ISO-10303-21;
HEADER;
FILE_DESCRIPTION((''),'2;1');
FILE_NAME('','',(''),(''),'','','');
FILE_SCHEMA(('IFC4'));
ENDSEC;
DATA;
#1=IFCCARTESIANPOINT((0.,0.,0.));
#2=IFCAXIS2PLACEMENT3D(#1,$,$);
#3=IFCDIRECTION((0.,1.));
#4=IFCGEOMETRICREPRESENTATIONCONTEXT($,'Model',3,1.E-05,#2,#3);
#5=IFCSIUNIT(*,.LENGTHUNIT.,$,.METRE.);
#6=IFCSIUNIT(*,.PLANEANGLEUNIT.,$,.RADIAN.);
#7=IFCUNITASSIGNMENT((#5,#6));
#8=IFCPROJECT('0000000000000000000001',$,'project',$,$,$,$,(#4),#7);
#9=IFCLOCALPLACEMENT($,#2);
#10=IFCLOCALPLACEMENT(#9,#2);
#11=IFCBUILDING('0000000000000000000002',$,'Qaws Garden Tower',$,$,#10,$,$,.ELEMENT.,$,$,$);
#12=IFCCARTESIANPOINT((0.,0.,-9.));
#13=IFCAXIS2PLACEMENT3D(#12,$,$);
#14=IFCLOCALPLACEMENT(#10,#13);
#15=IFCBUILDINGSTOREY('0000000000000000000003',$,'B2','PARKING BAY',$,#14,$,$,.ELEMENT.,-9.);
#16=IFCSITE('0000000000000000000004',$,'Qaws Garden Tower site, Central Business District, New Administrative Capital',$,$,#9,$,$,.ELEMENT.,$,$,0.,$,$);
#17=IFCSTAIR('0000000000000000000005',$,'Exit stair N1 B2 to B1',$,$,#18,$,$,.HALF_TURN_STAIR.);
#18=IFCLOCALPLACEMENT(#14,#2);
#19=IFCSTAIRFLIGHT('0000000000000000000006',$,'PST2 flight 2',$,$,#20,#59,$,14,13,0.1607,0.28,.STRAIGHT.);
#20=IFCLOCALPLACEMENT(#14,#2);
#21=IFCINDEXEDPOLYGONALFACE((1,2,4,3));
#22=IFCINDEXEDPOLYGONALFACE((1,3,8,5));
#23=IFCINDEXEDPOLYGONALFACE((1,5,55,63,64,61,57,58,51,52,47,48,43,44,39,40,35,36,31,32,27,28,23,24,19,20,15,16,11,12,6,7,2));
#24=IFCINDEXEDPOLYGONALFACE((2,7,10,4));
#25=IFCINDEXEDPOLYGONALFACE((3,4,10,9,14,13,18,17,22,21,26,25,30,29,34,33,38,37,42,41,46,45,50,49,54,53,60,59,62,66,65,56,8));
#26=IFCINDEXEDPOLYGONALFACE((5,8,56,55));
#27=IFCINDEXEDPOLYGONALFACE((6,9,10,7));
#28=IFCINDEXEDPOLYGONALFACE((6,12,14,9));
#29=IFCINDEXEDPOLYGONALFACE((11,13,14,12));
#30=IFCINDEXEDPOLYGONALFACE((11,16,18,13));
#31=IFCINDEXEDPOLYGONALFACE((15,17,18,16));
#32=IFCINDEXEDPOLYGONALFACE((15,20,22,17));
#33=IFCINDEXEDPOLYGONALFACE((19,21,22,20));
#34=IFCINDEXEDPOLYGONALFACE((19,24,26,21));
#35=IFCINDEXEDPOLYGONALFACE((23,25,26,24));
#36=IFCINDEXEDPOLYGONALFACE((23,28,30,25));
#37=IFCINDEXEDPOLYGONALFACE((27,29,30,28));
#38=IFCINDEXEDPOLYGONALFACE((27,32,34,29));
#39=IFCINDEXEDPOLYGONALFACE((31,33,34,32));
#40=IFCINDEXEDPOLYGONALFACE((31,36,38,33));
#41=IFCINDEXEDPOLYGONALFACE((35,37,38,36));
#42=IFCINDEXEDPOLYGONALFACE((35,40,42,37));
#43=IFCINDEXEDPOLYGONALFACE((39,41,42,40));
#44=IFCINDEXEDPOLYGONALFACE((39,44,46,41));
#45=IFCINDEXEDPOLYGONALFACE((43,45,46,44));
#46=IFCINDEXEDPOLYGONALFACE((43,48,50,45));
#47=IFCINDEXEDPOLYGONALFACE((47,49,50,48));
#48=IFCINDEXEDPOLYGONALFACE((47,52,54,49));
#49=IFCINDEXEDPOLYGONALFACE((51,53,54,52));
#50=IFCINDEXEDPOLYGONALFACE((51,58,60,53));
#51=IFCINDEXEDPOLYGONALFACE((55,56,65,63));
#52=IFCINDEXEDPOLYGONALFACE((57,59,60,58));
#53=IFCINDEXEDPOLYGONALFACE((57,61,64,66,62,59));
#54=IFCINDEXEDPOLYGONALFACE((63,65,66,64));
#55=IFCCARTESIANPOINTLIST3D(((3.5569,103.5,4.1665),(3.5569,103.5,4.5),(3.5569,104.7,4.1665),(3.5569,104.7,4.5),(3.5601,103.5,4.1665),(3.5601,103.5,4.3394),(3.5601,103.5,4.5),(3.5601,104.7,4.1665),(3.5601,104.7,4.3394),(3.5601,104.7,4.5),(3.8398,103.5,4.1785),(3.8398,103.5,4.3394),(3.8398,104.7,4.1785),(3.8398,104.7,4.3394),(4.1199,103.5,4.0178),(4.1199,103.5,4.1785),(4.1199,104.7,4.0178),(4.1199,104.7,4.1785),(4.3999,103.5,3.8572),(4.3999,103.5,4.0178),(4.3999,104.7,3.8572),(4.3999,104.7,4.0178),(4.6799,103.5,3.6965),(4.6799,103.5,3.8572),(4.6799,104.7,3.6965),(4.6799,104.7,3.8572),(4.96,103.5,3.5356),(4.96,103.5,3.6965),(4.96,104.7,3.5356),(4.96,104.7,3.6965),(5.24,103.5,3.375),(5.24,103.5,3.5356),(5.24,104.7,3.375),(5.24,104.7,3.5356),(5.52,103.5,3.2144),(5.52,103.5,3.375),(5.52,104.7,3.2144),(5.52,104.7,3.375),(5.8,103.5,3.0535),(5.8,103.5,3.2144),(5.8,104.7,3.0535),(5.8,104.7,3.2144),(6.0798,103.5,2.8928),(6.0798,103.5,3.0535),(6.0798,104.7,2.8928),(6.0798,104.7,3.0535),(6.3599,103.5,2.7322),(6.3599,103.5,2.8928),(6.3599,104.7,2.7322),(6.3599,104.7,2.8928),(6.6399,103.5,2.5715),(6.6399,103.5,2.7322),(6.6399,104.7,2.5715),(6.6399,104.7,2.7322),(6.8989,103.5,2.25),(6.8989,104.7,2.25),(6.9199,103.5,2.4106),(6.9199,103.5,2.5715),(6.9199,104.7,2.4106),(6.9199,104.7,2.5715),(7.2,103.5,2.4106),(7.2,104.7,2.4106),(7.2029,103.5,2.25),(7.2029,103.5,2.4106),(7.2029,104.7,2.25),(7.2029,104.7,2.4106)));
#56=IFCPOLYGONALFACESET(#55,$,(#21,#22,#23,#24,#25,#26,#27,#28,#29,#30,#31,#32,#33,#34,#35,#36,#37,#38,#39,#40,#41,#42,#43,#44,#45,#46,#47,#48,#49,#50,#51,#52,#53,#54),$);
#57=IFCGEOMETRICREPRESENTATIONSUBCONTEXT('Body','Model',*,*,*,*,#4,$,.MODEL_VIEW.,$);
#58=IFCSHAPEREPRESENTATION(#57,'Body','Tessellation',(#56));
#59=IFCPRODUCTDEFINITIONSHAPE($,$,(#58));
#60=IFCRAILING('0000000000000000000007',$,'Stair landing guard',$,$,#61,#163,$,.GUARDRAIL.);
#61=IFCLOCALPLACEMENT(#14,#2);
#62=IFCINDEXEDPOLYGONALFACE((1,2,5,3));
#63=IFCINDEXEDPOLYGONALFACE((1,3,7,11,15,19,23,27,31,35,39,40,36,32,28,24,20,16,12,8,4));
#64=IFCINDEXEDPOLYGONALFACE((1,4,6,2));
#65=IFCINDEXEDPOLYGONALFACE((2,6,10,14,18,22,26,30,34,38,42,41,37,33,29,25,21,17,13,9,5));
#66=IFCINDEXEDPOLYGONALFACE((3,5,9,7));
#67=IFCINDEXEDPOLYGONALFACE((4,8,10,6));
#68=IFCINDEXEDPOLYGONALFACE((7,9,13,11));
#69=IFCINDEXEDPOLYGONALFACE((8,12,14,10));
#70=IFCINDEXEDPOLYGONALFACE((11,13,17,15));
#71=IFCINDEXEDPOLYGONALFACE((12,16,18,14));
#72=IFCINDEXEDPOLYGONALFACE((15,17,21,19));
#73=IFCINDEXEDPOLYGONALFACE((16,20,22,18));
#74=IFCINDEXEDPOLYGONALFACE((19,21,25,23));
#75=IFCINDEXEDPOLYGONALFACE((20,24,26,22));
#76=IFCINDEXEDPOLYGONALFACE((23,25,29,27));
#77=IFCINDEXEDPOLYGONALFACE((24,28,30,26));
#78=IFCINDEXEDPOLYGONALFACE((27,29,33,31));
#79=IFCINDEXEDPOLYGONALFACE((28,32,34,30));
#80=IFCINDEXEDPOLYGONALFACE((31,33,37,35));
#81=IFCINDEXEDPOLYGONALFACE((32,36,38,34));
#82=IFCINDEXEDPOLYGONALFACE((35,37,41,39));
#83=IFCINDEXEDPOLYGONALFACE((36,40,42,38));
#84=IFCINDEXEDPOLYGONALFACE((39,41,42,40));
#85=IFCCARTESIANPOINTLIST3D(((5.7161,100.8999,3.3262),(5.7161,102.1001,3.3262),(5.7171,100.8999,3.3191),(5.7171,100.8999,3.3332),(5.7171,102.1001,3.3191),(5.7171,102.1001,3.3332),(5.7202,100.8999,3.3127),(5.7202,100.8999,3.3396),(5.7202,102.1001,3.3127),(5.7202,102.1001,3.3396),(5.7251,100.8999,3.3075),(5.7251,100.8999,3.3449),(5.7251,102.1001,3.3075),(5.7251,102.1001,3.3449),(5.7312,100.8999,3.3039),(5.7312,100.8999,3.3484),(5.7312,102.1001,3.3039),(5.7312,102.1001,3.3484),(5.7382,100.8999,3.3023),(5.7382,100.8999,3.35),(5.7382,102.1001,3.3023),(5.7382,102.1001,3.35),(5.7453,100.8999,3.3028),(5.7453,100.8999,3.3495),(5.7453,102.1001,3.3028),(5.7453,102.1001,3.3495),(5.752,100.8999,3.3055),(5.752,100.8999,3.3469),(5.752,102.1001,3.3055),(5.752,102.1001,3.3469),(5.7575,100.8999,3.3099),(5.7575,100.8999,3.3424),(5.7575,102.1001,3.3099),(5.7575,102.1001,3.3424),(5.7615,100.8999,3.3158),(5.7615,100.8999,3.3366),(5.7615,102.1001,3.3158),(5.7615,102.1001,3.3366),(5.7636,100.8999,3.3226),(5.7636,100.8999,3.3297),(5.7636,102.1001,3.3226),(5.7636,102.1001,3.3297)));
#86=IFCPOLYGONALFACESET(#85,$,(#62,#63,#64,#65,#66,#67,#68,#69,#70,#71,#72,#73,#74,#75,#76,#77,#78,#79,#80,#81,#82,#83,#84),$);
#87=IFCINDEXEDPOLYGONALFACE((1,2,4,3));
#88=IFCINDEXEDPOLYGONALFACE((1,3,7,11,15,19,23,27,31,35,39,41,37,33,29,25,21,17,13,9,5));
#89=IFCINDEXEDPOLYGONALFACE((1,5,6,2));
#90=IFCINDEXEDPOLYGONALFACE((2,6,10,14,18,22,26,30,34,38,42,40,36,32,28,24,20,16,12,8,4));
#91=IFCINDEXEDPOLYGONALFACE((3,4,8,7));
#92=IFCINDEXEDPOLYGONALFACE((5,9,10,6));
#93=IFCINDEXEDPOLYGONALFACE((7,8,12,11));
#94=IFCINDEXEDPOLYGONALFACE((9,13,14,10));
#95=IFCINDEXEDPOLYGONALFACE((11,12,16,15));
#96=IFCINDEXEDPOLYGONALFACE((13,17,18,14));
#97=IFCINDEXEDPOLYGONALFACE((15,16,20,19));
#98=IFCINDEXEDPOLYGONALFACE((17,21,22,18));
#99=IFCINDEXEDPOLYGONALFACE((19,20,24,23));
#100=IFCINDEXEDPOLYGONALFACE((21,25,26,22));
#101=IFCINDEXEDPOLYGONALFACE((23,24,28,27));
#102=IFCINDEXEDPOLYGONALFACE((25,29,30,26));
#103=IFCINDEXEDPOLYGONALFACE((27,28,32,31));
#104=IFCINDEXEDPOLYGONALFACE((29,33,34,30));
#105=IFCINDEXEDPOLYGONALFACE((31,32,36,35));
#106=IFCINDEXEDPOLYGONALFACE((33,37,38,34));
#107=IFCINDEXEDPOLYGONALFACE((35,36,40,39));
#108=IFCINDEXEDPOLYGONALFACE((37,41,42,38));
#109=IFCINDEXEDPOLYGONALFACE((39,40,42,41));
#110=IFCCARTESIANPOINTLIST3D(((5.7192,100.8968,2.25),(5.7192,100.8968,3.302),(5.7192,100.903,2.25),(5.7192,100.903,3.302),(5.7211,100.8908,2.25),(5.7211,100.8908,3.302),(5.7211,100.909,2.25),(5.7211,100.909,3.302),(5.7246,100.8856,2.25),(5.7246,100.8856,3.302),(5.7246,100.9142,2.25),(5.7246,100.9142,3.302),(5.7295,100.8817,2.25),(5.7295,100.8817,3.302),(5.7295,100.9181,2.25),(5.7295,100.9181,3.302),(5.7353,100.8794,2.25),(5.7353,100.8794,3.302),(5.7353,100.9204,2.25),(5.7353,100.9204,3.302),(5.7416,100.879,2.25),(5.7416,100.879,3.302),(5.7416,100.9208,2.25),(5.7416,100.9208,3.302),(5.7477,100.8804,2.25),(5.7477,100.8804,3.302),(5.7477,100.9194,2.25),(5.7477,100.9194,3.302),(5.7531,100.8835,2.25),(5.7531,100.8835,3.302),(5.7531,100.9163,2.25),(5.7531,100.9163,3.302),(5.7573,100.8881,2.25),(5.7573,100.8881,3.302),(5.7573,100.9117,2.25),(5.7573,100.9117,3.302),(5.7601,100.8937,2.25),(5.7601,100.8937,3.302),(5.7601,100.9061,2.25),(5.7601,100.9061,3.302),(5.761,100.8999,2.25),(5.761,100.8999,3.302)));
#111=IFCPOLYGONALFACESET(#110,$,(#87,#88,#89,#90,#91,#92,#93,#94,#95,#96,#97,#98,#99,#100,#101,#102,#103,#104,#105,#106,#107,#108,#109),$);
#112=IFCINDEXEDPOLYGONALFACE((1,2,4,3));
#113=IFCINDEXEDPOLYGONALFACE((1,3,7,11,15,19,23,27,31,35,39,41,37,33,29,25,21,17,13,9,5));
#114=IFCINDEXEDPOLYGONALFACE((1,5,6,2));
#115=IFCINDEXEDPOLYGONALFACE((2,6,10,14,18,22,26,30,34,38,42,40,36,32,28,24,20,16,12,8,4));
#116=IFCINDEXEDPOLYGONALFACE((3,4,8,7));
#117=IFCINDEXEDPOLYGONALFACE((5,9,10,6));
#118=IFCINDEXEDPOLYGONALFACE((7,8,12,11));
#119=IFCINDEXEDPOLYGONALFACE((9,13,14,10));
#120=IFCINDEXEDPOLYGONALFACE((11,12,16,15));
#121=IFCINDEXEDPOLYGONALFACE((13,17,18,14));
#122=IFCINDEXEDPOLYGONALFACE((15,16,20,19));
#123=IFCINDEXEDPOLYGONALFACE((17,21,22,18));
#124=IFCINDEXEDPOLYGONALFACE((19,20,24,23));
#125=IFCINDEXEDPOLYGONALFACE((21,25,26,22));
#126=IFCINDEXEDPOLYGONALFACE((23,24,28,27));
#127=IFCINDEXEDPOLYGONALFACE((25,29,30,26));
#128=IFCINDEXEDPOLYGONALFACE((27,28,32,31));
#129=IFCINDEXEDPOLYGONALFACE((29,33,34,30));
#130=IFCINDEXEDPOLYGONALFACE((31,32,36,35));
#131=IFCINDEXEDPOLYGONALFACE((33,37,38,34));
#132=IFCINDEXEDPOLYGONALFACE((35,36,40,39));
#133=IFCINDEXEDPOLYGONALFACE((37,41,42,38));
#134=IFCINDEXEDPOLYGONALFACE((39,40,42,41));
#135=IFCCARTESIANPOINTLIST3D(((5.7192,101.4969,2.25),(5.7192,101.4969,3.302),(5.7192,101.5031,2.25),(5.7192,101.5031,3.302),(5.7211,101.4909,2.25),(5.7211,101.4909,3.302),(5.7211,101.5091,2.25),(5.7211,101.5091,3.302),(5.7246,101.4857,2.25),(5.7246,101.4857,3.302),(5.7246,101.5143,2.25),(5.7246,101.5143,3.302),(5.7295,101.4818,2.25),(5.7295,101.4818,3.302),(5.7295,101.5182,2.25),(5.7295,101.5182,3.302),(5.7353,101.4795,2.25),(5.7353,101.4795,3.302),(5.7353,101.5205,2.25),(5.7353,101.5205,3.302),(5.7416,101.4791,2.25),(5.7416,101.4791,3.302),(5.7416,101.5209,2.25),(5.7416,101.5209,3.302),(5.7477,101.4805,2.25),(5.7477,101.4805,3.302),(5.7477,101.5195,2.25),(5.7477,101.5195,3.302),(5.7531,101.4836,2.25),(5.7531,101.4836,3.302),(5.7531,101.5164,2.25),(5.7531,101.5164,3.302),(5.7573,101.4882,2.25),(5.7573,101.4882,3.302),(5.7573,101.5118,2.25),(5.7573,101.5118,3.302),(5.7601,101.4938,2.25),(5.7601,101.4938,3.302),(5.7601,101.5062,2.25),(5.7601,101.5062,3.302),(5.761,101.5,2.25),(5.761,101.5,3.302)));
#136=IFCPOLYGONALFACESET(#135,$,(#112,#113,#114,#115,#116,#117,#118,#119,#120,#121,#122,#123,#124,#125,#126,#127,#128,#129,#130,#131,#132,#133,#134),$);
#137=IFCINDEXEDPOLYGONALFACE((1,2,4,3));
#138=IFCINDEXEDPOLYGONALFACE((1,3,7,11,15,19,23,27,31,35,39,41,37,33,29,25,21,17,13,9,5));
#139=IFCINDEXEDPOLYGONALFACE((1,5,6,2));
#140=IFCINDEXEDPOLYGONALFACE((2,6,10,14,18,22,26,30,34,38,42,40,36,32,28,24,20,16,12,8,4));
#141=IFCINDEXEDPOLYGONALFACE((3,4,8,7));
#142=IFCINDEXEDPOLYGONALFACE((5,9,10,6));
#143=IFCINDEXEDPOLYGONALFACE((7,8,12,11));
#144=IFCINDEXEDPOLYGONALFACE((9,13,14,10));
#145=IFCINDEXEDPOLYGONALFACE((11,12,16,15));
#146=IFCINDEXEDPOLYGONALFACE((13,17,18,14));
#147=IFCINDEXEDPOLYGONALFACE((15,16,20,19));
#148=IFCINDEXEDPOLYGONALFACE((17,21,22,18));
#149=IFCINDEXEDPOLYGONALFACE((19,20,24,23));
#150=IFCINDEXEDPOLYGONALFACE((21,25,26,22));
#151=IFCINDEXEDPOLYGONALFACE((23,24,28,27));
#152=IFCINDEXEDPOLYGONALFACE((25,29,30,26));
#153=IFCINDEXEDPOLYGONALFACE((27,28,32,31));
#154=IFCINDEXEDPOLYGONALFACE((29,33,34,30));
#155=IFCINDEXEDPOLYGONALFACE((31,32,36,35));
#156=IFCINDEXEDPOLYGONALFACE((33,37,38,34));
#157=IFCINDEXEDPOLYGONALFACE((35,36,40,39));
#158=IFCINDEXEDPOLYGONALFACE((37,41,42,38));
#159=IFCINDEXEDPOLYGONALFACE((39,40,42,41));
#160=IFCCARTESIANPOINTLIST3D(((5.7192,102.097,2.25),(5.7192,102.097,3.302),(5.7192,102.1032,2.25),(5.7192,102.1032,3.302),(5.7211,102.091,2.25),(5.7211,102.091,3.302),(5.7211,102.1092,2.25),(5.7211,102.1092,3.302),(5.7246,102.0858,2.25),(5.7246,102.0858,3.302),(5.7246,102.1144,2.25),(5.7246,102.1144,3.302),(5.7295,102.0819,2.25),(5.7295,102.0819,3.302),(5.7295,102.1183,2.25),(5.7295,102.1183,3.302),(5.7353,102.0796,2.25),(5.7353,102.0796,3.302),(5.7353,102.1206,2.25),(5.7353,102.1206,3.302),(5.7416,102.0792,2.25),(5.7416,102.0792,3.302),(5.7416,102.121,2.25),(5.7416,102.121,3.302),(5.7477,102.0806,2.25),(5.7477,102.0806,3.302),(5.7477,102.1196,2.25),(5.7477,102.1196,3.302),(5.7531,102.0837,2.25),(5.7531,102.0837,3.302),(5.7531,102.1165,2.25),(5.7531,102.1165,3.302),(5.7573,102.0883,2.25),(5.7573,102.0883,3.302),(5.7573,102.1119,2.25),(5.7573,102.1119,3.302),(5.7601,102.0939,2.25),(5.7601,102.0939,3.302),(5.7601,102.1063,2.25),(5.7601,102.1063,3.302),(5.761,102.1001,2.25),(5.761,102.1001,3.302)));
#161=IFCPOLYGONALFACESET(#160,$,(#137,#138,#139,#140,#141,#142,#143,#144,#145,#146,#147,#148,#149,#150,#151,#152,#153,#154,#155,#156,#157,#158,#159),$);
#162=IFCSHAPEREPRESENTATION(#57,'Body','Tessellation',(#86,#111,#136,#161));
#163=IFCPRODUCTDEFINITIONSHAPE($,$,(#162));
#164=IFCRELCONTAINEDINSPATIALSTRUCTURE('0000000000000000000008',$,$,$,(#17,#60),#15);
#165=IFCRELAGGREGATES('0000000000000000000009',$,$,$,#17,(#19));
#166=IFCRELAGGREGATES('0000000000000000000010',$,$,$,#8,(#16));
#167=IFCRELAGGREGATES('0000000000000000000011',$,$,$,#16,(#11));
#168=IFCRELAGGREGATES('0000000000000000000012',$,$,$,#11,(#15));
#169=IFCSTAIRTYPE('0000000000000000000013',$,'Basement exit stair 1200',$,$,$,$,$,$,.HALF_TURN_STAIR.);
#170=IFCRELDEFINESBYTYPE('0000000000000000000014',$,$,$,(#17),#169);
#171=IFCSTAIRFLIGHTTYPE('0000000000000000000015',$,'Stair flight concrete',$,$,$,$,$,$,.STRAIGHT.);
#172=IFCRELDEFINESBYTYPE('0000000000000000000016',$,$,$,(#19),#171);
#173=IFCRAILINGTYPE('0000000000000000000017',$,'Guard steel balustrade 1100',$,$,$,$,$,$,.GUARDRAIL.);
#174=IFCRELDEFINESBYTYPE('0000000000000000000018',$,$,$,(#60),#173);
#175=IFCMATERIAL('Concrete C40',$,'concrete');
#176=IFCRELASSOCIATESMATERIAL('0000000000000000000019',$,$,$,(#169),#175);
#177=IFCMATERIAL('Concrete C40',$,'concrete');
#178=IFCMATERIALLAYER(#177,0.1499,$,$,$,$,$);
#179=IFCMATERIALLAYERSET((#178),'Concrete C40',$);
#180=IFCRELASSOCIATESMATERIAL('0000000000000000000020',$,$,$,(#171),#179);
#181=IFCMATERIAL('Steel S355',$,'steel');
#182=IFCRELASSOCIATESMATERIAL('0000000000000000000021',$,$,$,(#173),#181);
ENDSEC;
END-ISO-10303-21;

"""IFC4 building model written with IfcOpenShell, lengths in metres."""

from ifc_helpers import new_model, si_unit, direction, frame, origin, origin_2d, place, context, subcontext, project, spatial, polyline, circle, outline, extrude, material, layer, layer_set, type_object, element, aggregate, save


model = new_model("IFC4")

# Units and contexts
model_context = context("Model", 3, precision=1e-05, world=origin(), true_north=direction((0.0, 1.0)))
body_context = subcontext(model_context, "Body", "Model", "MODEL_VIEW")
ifc_project = project(units=[si_unit("LENGTHUNIT", "METRE"), si_unit("PLANEANGLEUNIT", "RADIAN")], contexts=[model_context])

# Site, building, storey
site_placement = place(None, origin())
site = spatial("IfcSite", under=ifc_project, at=site_placement, Name="Qaws Garden Tower site, Central Business District, New Administrative Capital", CompositionType="ELEMENT", RefElevation=0.0)
building_placement = place(site_placement, origin())
building = spatial("IfcBuilding", under=site, at=building_placement, Name="Qaws Garden Tower", CompositionType="ELEMENT")
storey_placement = place(building_placement, frame((0.0, 0.0, -9.0)))
storey = spatial("IfcBuildingStorey", under=building, at=storey_placement, Name="B2", Description="PARKING BAY", CompositionType="ELEMENT", Elevation=-9.0)

# Stair, stair flight
ifc_material_1 = material(Name="Concrete C40", Category="concrete")
stair_type = type_object("IfcStairType", Name="Basement exit stair 1200", PredefinedType="HALF_TURN_STAIR", material=ifc_material_1)
stair_placement = place(storey_placement, origin())
stair = element("IfcStair", 1, at=stair_placement, inside=storey, type_object=stair_type, Name="Exit stair N1 B2 to B1", PredefinedType="HALF_TURN_STAIR")
ifc_material_2 = material(Name="Concrete C40", Category="concrete")
ifc_layer_1 = layer(ifc_material_2, 0.1499)
ifc_layer_set_1 = layer_set([ifc_layer_1], Name="Concrete C40")
stair_flight_type = type_object("IfcStairFlightType", Name="Stair flight concrete", PredefinedType="STRAIGHT", material=ifc_layer_set_1)
stair_flight_1_placement = place(storey_placement, frame((7.2, 104.1001, 2.25), z_axis=(0.0, 0.0, 1.0), x_axis=(-1.0, 0.0, 0.0)))
stair_flight_1 = element("IfcStairFlight", 2, at=stair_flight_1_placement, type_object=stair_flight_type, Name="PST2 flight 2", NumberOfRisers=14, NumberOfTreads=13, PredefinedType="STRAIGHT", RiserHeight=0.1607, TreadLength=0.28, context=body_context, shape_type="SweptSolid", body=[
    extrude(outline(polyline([(-0.0029, 0.0), (-0.0029, 0.1606), (0.0, 0.1606), (0.28, 0.1606), (0.28, 0.3215), (0.5601, 0.3215), (0.5601, 0.4822), (0.8401, 0.4822), (0.8401, 0.6428), (1.1201, 0.6428), (1.1201, 0.8035), (1.3999, 0.8035), (1.3999, 0.9644), (1.6799, 0.9644), (1.6799, 1.125), (1.96, 1.125), (1.96, 1.2856), (2.24, 1.2856), (2.24, 1.4465), (2.52, 1.4465), (2.52, 1.6072), (2.8, 1.6072), (2.8, 1.7678), (3.0801, 1.7678), (3.0801, 1.9285), (3.3601, 1.9285), (3.3601, 2.0894), (3.6399, 2.0894), (3.6399, 2.25), (3.6431, 2.25), (3.6431, 1.9165), (3.6399, 1.9165), (0.301, 0.0), (-0.0029, 0.0)])), frame((0.0, 0.6001, 0.0), z_axis=(0.0, -1.0, 0.0), x_axis=(1.0, 0.0, 0.0)), (0.0, 0.0, 1.0), 1.2),
])
aggregate(stair, [stair_flight_1])

# Railing
ifc_material_3 = material(Name="Steel S355", Category="steel")
railing_type_1 = type_object("IfcRailingType", Name="Guard steel balustrade 1100", PredefinedType="GUARDRAIL", material=ifc_material_3)
railing_placement = place(storey_placement, frame((5.74, 100.8999, 2.25)))
element("IfcRailing", 3, at=railing_placement, inside=storey, type_object=railing_type_1, Name="Stair landing guard", PredefinedType="GUARDRAIL", context=body_context, shape_type="SweptSolid", body=[
    extrude(circle(Radius=0.0239, at=origin_2d()), frame((0.0, 0.0, 1.0762), z_axis=(0.0, 1.0, 0.0), x_axis=(-1.0, 0.0, 0.0)), (0.0, 0.0, 1.0), 1.2002),
    extrude(circle(Radius=0.021, at=origin_2d()), origin(), (0.0, 0.0, 1.0), 1.052),
    extrude(circle(Radius=0.021, at=origin_2d()), frame((0.0, 0.6001, 0.0)), (0.0, 0.0, 1.0), 1.052),
    extrude(circle(Radius=0.021, at=origin_2d()), frame((0.0, 1.2002, 0.0)), (0.0, 0.0, 1.0), 1.052),
])

save(model, "model.ifc")
